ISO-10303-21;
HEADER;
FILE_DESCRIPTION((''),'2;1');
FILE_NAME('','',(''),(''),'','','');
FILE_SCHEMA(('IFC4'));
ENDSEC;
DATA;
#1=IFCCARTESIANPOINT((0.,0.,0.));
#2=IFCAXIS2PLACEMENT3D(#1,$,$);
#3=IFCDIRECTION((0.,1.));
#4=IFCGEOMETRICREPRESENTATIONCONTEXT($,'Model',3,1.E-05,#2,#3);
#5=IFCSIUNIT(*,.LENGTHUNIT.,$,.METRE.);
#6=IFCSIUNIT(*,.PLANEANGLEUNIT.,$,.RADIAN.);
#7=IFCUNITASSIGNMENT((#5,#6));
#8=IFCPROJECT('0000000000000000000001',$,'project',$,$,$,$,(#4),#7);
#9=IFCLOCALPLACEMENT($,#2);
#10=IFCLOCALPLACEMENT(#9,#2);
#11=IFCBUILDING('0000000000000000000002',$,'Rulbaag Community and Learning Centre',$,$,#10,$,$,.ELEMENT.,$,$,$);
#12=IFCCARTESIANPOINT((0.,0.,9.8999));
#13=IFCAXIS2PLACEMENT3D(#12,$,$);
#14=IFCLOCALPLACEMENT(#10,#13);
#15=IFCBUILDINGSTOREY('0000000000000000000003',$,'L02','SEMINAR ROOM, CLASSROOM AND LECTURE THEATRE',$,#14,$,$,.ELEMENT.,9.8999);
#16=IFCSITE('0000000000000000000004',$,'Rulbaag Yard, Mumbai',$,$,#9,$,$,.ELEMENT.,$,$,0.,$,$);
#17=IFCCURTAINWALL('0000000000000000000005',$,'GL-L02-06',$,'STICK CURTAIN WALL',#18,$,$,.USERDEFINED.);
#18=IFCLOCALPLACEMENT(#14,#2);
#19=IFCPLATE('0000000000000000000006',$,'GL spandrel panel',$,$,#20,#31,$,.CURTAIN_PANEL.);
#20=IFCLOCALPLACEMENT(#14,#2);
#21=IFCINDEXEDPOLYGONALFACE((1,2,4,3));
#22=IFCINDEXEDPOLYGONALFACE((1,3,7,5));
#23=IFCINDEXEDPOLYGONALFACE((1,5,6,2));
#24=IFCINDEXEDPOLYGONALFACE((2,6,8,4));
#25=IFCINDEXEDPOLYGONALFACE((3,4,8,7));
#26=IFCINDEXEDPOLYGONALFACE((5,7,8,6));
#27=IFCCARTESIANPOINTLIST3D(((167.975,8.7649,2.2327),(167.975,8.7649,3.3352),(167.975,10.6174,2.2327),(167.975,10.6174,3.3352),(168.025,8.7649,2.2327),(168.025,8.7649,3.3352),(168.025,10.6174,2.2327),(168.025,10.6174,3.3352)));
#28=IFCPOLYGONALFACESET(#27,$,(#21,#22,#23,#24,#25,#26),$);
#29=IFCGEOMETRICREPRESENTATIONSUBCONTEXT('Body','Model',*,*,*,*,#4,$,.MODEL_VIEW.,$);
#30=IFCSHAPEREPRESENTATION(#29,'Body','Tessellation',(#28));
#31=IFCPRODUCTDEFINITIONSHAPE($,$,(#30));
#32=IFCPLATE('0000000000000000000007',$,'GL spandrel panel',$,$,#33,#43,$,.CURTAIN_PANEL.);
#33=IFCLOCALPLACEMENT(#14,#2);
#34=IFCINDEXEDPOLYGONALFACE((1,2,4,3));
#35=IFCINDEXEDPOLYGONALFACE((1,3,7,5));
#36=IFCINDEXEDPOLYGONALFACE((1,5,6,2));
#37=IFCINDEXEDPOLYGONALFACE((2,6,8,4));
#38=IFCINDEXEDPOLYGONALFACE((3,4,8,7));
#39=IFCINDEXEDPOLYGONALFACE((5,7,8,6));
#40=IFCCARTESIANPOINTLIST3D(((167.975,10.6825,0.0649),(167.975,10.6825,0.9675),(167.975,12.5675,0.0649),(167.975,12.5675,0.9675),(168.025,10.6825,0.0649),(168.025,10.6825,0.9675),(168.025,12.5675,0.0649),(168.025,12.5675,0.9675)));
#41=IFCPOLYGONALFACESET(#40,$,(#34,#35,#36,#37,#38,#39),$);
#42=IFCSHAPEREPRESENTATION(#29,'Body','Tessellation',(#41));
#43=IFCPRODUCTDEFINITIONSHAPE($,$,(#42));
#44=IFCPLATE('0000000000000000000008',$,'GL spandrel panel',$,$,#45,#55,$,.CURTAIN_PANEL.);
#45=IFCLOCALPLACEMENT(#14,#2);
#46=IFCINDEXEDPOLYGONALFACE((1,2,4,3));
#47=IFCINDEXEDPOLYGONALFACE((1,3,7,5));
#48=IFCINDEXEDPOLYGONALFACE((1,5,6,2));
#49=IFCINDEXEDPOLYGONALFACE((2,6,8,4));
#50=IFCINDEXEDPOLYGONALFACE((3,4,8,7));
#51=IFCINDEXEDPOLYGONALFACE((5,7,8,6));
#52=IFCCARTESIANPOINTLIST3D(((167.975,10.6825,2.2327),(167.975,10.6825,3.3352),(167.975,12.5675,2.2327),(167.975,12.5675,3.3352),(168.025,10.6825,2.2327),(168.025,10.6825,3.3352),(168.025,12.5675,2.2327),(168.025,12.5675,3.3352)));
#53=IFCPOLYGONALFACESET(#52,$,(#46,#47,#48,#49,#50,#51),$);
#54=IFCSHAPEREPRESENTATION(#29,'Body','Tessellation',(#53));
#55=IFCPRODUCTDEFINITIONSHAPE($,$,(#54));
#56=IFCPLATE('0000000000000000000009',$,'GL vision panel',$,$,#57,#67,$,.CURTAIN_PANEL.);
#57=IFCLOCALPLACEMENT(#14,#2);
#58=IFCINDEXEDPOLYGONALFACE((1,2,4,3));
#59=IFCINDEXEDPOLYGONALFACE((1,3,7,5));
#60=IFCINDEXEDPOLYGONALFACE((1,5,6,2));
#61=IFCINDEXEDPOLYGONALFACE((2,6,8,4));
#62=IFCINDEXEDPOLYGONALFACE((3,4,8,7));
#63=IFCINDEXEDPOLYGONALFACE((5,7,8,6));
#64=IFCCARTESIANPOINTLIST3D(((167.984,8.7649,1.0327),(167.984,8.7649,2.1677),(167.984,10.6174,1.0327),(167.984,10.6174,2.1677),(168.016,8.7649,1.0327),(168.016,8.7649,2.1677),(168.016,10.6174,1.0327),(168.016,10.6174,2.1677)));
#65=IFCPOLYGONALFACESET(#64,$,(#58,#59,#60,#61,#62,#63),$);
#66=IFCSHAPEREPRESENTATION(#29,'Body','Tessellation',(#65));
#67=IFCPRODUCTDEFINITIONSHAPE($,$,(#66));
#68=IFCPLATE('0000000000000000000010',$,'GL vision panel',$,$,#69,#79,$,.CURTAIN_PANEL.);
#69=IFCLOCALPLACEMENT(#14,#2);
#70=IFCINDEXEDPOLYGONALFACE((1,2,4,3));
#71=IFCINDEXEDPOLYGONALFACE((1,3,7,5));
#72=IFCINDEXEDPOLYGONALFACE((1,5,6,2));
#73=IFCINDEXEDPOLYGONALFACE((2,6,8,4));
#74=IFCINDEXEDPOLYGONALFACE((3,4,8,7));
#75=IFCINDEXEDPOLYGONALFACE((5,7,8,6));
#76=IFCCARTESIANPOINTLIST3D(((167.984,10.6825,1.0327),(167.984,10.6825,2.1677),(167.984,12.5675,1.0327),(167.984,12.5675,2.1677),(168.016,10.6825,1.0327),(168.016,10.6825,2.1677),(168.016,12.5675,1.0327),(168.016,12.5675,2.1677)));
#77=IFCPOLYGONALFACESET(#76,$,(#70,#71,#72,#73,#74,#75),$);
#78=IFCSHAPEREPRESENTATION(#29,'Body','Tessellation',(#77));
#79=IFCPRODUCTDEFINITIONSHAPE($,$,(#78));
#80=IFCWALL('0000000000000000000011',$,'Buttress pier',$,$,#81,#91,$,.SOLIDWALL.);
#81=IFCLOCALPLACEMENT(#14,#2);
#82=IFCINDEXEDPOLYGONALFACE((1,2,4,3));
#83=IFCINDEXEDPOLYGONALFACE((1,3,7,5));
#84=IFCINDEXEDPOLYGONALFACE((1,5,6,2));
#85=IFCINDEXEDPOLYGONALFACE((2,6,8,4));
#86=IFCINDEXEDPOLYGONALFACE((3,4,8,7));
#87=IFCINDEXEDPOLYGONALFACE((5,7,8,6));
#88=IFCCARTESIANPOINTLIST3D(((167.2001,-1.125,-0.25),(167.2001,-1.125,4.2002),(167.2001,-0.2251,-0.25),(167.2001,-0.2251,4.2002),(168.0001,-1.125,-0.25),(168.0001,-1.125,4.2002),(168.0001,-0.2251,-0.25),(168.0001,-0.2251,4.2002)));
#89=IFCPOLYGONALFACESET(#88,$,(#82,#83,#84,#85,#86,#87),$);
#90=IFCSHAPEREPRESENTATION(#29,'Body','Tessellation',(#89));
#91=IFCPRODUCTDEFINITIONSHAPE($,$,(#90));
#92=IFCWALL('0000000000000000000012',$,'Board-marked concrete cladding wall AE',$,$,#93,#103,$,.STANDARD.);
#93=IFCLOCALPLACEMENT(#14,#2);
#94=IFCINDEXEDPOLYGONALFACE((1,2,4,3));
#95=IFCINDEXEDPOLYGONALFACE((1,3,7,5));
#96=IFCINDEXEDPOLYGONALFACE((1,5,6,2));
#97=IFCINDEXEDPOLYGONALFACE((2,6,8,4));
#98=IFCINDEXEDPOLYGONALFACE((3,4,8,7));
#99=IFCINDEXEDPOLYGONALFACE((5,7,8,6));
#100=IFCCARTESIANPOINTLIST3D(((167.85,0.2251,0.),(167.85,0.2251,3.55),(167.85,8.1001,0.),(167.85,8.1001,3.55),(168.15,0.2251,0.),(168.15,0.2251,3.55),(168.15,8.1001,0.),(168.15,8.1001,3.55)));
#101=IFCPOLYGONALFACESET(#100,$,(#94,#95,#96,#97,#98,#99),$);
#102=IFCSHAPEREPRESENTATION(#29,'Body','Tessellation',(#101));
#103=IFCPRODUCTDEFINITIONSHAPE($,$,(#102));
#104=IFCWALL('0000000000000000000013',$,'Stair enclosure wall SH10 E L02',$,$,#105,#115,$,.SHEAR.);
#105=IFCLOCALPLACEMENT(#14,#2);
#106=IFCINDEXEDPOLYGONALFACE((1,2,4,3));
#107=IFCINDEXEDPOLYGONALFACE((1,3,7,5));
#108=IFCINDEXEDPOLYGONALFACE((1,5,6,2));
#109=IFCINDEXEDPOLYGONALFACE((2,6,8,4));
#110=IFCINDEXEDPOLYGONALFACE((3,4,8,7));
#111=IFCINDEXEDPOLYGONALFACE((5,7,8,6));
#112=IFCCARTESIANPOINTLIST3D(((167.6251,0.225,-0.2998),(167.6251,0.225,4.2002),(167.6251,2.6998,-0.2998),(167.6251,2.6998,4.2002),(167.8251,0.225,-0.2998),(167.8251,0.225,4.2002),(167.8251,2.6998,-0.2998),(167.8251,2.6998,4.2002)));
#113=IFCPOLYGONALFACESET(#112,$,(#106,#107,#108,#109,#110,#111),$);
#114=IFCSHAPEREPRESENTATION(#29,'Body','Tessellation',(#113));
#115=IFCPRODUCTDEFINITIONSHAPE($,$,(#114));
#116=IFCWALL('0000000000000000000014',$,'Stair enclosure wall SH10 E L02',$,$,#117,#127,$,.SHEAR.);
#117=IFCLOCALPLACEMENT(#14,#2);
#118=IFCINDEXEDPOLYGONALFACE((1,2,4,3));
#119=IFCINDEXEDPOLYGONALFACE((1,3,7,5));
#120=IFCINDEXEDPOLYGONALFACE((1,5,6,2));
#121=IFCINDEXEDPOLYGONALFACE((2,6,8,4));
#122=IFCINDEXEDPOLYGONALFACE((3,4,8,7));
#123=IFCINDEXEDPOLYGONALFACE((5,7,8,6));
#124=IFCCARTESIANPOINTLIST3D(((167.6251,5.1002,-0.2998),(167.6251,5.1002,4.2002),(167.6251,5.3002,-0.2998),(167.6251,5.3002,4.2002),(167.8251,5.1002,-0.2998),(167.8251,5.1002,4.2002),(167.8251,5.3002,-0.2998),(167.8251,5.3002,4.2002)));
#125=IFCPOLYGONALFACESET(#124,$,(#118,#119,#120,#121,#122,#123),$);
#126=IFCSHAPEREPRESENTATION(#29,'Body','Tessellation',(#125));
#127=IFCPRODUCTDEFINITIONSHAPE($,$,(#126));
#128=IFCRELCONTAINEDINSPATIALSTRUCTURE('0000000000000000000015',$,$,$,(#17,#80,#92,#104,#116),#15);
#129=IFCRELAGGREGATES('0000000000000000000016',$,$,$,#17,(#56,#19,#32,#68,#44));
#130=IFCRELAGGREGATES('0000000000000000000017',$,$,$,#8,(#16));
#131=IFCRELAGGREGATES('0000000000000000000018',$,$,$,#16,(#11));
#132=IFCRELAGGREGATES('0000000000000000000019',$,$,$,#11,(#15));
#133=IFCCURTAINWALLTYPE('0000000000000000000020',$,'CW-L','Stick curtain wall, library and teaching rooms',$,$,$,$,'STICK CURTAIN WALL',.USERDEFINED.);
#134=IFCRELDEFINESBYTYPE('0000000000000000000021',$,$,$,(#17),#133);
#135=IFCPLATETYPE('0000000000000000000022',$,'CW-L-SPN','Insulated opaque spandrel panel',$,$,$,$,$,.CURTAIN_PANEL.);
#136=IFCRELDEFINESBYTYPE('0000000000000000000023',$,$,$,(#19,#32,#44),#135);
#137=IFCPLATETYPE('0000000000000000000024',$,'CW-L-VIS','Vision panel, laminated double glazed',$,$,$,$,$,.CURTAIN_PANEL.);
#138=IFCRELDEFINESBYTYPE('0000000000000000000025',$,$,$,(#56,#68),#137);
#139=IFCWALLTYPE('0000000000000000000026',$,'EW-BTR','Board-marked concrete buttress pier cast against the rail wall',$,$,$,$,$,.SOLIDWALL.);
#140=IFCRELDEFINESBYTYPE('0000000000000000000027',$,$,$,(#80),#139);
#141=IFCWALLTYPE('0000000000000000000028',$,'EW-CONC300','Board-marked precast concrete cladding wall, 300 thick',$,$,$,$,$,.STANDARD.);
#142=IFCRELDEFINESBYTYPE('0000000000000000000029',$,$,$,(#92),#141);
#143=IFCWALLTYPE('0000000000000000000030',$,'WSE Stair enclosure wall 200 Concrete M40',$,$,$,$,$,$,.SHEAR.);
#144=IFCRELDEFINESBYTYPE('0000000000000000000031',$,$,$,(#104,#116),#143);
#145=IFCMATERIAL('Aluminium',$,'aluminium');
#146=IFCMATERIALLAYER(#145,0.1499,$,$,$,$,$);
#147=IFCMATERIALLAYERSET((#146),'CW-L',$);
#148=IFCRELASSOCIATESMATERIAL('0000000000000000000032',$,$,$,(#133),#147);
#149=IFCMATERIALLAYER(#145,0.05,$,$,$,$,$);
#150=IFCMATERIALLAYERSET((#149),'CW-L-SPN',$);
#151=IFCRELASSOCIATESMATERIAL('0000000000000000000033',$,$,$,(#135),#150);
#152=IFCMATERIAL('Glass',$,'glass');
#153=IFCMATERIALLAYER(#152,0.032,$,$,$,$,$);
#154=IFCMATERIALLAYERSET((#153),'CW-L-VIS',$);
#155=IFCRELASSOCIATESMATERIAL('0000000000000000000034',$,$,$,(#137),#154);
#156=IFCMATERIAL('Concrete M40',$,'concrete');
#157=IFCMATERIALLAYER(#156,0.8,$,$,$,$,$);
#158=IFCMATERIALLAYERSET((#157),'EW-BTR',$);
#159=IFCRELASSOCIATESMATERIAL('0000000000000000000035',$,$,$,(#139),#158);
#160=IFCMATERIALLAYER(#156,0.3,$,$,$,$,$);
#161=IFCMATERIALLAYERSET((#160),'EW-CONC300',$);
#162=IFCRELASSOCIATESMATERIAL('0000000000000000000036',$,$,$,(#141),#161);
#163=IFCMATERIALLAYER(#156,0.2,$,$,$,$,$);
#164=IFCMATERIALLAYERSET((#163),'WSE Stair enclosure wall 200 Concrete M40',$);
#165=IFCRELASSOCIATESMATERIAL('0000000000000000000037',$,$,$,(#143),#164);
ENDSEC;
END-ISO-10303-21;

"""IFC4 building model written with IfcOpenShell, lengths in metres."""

from ifc_helpers import new_model, si_unit, direction, frame, frame_2d, origin, origin_2d, place, context, subcontext, project, spatial, rectangle, extrude, material, layer, layer_set, type_object, element, aggregate, save


model = new_model("IFC4")

# Units and contexts
model_context = context("Model", 3, precision=1e-05, world=origin(), true_north=direction((0.0, 1.0)))
body_context = subcontext(model_context, "Body", "Model", "MODEL_VIEW")
ifc_project = project(units=[si_unit("LENGTHUNIT", "METRE"), si_unit("PLANEANGLEUNIT", "RADIAN")], contexts=[model_context])

# Site, building, storey
site_placement = place(None, origin())
site = spatial("IfcSite", under=ifc_project, at=site_placement, Name="Rulbaag Yard, Mumbai", CompositionType="ELEMENT", RefElevation=0.0)
building_placement = place(site_placement, origin())
building = spatial("IfcBuilding", under=site, at=building_placement, Name="Rulbaag Community and Learning Centre", CompositionType="ELEMENT")
storey_placement = place(building_placement, frame((0.0, 0.0, 9.8999)))
storey = spatial("IfcBuildingStorey", under=building, at=storey_placement, Name="L02", Description="SEMINAR ROOM, CLASSROOM AND LECTURE THEATRE", CompositionType="ELEMENT", Elevation=9.8999)

# Shared definitions
ifc_material_1 = material(Name="Concrete M40", Category="concrete")

# Curtain wall, plates
ifc_material_2 = material(Name="Aluminium", Category="aluminium")
ifc_layer_1 = layer(ifc_material_2, 0.1499)
ifc_layer_set_1 = layer_set([ifc_layer_1], Name="CW-L")
curtain_wall_type = type_object("IfcCurtainWallType", Name="CW-L", Description="Stick curtain wall, library and teaching rooms", ElementType="STICK CURTAIN WALL", PredefinedType="USERDEFINED", material=ifc_layer_set_1)
curtain_wall_placement = place(storey_placement, origin())
curtain_wall = element("IfcCurtainWall", 1, at=curtain_wall_placement, inside=storey, type_object=curtain_wall_type, Name="GL-L02-06", ObjectType="STICK CURTAIN WALL", PredefinedType="USERDEFINED")
ifc_layer_2 = layer(ifc_material_2, 0.05)
ifc_layer_set_2 = layer_set([ifc_layer_2], Name="CW-L-SPN")
plate_type_1 = type_object("IfcPlateType", Name="CW-L-SPN", Description="Insulated opaque spandrel panel", PredefinedType="CURTAIN_PANEL", material=ifc_layer_set_2)
plate_1_placement = place(storey_placement, frame((168.0, 9.6912, 2.2327), z_axis=(0.0, 0.0, 1.0), x_axis=(0.0, 1.0, 0.0)))
plate_1 = element("IfcPlate", 2, at=plate_1_placement, type_object=plate_type_1, Name="GL spandrel panel", PredefinedType="CURTAIN_PANEL", context=body_context, shape_type="SweptSolid", body=[
    extrude(rectangle(XDim=1.8525, YDim=0.05, at=origin_2d()), origin(), (0.0, 0.0, 1.0), 1.1025),
])
plate_2_placement = place(storey_placement, frame((168.0, 11.625, 0.0649), z_axis=(0.0, 0.0, 1.0), x_axis=(0.0, 1.0, 0.0)))
plate_2 = element("IfcPlate", 3, at=plate_2_placement, type_object=plate_type_1, Name="GL spandrel panel", PredefinedType="CURTAIN_PANEL", context=body_context, shape_type="SweptSolid", body=[
    extrude(rectangle(XDim=1.885, YDim=0.05, at=origin_2d()), origin(), (0.0, 0.0, 1.0), 0.9026),
])
plate_3_placement = place(storey_placement, frame((168.0, 11.625, 2.2327), z_axis=(0.0, 0.0, 1.0), x_axis=(0.0, 1.0, 0.0)))
plate_3 = element("IfcPlate", 4, at=plate_3_placement, type_object=plate_type_1, Name="GL spandrel panel", PredefinedType="CURTAIN_PANEL", context=body_context, shape_type="SweptSolid", body=[
    extrude(rectangle(XDim=1.885, YDim=0.05, at=origin_2d()), origin(), (0.0, 0.0, 1.0), 1.1025),
])
ifc_material_3 = material(Name="Glass", Category="glass")
ifc_layer_3 = layer(ifc_material_3, 0.032)
ifc_layer_set_3 = layer_set([ifc_layer_3], Name="CW-L-VIS")
plate_type_2 = type_object("IfcPlateType", Name="CW-L-VIS", Description="Vision panel, laminated double glazed", PredefinedType="CURTAIN_PANEL", material=ifc_layer_set_3)
plate_4_placement = place(storey_placement, frame((168.0, 9.6912, 1.0327), z_axis=(0.0, 0.0, 1.0), x_axis=(0.0, 1.0, 0.0)))
plate_4 = element("IfcPlate", 5, at=plate_4_placement, type_object=plate_type_2, Name="GL vision panel", PredefinedType="CURTAIN_PANEL", context=body_context, shape_type="SweptSolid", body=[
    extrude(rectangle(XDim=1.8525, YDim=0.032, at=origin_2d()), origin(), (0.0, 0.0, 1.0), 1.135),
])
plate_5_placement = place(storey_placement, frame((168.0, 11.625, 1.0327), z_axis=(0.0, 0.0, 1.0), x_axis=(0.0, 1.0, 0.0)))
plate_5 = element("IfcPlate", 6, at=plate_5_placement, type_object=plate_type_2, Name="GL vision panel", PredefinedType="CURTAIN_PANEL", context=body_context, shape_type="SweptSolid", body=[
    extrude(rectangle(XDim=1.885, YDim=0.032, at=origin_2d()), origin(), (0.0, 0.0, 1.0), 1.135),
])
aggregate(curtain_wall, [plate_4, plate_1, plate_2, plate_5, plate_3])

# Walls
ifc_layer_4 = layer(ifc_material_1, 0.8)
ifc_layer_set_4 = layer_set([ifc_layer_4], Name="EW-BTR")
wall_type_1 = type_object("IfcWallType", Name="EW-BTR", Description="Board-marked concrete buttress pier cast against the rail wall", PredefinedType="SOLIDWALL", material=ifc_layer_set_4)
wall_1_placement = place(storey_placement, frame((167.6001, -0.2251, -0.25), z_axis=(0.0, 0.0, 1.0), x_axis=(0.0, -1.0, 0.0)))
element("IfcWall", 7, at=wall_1_placement, inside=storey, type_object=wall_type_1, Name="Buttress pier", PredefinedType="SOLIDWALL", context=body_context, shape_type="SweptSolid", body=[
    extrude(rectangle(XDim=0.8999, YDim=0.8, at=frame_2d((0.45, 0.0))), origin(), (0.0, 0.0, 1.0), 4.4502),
])
ifc_layer_5 = layer(ifc_material_1, 0.3)
ifc_layer_set_5 = layer_set([ifc_layer_5], Name="EW-CONC300")
wall_type_2 = type_object("IfcWallType", Name="EW-CONC300", Description="Board-marked precast concrete cladding wall, 300 thick", PredefinedType="STANDARD", material=ifc_layer_set_5)
wall_2_placement = place(storey_placement, frame((168.0, 0.2251, 0.0), z_axis=(0.0, 0.0, 1.0), x_axis=(0.0, 1.0, 0.0)))
element("IfcWall", 8, at=wall_2_placement, inside=storey, type_object=wall_type_2, Name="Board-marked concrete cladding wall AE", PredefinedType="STANDARD", context=body_context, shape_type="SweptSolid", body=[
    extrude(rectangle(XDim=7.875, YDim=0.3, at=frame_2d((3.9375, 0.0))), origin(), (0.0, 0.0, 1.0), 3.55),
])
ifc_layer_6 = layer(ifc_material_1, 0.2)
ifc_layer_set_6 = layer_set([ifc_layer_6], Name="WSE Stair enclosure wall 200 Concrete M40")
wall_type_3 = type_object("IfcWallType", Name="WSE Stair enclosure wall 200 Concrete M40", PredefinedType="SHEAR", material=ifc_layer_set_6)
wall_3_placement = place(storey_placement, frame((167.7251, 0.2251, -0.2998), z_axis=(0.0, 0.0, 1.0), x_axis=(0.0, 1.0, 0.0)))
element("IfcWall", 9, at=wall_3_placement, inside=storey, type_object=wall_type_3, Name="Stair enclosure wall SH10 E L02", PredefinedType="SHEAR", context=body_context, shape_type="SweptSolid", body=[
    extrude(rectangle(XDim=2.4749, YDim=0.2, at=frame_2d((1.2373, 0.0))), origin(), (0.0, 0.0, 1.0), 4.5),
])
wall_4_placement = place(storey_placement, frame((167.7251, 5.1001, -0.2998), z_axis=(0.0, 0.0, 1.0), x_axis=(0.0, 1.0, 0.0)))
element("IfcWall", 10, at=wall_4_placement, inside=storey, type_object=wall_type_3, Name="Stair enclosure wall SH10 E L02", PredefinedType="SHEAR", context=body_context, shape_type="SweptSolid", body=[
    extrude(rectangle(XDim=0.2, YDim=0.2, at=frame_2d((0.1001, 0.0))), origin(), (0.0, 0.0, 1.0), 4.5),
])

save(model, "model.ifc")
